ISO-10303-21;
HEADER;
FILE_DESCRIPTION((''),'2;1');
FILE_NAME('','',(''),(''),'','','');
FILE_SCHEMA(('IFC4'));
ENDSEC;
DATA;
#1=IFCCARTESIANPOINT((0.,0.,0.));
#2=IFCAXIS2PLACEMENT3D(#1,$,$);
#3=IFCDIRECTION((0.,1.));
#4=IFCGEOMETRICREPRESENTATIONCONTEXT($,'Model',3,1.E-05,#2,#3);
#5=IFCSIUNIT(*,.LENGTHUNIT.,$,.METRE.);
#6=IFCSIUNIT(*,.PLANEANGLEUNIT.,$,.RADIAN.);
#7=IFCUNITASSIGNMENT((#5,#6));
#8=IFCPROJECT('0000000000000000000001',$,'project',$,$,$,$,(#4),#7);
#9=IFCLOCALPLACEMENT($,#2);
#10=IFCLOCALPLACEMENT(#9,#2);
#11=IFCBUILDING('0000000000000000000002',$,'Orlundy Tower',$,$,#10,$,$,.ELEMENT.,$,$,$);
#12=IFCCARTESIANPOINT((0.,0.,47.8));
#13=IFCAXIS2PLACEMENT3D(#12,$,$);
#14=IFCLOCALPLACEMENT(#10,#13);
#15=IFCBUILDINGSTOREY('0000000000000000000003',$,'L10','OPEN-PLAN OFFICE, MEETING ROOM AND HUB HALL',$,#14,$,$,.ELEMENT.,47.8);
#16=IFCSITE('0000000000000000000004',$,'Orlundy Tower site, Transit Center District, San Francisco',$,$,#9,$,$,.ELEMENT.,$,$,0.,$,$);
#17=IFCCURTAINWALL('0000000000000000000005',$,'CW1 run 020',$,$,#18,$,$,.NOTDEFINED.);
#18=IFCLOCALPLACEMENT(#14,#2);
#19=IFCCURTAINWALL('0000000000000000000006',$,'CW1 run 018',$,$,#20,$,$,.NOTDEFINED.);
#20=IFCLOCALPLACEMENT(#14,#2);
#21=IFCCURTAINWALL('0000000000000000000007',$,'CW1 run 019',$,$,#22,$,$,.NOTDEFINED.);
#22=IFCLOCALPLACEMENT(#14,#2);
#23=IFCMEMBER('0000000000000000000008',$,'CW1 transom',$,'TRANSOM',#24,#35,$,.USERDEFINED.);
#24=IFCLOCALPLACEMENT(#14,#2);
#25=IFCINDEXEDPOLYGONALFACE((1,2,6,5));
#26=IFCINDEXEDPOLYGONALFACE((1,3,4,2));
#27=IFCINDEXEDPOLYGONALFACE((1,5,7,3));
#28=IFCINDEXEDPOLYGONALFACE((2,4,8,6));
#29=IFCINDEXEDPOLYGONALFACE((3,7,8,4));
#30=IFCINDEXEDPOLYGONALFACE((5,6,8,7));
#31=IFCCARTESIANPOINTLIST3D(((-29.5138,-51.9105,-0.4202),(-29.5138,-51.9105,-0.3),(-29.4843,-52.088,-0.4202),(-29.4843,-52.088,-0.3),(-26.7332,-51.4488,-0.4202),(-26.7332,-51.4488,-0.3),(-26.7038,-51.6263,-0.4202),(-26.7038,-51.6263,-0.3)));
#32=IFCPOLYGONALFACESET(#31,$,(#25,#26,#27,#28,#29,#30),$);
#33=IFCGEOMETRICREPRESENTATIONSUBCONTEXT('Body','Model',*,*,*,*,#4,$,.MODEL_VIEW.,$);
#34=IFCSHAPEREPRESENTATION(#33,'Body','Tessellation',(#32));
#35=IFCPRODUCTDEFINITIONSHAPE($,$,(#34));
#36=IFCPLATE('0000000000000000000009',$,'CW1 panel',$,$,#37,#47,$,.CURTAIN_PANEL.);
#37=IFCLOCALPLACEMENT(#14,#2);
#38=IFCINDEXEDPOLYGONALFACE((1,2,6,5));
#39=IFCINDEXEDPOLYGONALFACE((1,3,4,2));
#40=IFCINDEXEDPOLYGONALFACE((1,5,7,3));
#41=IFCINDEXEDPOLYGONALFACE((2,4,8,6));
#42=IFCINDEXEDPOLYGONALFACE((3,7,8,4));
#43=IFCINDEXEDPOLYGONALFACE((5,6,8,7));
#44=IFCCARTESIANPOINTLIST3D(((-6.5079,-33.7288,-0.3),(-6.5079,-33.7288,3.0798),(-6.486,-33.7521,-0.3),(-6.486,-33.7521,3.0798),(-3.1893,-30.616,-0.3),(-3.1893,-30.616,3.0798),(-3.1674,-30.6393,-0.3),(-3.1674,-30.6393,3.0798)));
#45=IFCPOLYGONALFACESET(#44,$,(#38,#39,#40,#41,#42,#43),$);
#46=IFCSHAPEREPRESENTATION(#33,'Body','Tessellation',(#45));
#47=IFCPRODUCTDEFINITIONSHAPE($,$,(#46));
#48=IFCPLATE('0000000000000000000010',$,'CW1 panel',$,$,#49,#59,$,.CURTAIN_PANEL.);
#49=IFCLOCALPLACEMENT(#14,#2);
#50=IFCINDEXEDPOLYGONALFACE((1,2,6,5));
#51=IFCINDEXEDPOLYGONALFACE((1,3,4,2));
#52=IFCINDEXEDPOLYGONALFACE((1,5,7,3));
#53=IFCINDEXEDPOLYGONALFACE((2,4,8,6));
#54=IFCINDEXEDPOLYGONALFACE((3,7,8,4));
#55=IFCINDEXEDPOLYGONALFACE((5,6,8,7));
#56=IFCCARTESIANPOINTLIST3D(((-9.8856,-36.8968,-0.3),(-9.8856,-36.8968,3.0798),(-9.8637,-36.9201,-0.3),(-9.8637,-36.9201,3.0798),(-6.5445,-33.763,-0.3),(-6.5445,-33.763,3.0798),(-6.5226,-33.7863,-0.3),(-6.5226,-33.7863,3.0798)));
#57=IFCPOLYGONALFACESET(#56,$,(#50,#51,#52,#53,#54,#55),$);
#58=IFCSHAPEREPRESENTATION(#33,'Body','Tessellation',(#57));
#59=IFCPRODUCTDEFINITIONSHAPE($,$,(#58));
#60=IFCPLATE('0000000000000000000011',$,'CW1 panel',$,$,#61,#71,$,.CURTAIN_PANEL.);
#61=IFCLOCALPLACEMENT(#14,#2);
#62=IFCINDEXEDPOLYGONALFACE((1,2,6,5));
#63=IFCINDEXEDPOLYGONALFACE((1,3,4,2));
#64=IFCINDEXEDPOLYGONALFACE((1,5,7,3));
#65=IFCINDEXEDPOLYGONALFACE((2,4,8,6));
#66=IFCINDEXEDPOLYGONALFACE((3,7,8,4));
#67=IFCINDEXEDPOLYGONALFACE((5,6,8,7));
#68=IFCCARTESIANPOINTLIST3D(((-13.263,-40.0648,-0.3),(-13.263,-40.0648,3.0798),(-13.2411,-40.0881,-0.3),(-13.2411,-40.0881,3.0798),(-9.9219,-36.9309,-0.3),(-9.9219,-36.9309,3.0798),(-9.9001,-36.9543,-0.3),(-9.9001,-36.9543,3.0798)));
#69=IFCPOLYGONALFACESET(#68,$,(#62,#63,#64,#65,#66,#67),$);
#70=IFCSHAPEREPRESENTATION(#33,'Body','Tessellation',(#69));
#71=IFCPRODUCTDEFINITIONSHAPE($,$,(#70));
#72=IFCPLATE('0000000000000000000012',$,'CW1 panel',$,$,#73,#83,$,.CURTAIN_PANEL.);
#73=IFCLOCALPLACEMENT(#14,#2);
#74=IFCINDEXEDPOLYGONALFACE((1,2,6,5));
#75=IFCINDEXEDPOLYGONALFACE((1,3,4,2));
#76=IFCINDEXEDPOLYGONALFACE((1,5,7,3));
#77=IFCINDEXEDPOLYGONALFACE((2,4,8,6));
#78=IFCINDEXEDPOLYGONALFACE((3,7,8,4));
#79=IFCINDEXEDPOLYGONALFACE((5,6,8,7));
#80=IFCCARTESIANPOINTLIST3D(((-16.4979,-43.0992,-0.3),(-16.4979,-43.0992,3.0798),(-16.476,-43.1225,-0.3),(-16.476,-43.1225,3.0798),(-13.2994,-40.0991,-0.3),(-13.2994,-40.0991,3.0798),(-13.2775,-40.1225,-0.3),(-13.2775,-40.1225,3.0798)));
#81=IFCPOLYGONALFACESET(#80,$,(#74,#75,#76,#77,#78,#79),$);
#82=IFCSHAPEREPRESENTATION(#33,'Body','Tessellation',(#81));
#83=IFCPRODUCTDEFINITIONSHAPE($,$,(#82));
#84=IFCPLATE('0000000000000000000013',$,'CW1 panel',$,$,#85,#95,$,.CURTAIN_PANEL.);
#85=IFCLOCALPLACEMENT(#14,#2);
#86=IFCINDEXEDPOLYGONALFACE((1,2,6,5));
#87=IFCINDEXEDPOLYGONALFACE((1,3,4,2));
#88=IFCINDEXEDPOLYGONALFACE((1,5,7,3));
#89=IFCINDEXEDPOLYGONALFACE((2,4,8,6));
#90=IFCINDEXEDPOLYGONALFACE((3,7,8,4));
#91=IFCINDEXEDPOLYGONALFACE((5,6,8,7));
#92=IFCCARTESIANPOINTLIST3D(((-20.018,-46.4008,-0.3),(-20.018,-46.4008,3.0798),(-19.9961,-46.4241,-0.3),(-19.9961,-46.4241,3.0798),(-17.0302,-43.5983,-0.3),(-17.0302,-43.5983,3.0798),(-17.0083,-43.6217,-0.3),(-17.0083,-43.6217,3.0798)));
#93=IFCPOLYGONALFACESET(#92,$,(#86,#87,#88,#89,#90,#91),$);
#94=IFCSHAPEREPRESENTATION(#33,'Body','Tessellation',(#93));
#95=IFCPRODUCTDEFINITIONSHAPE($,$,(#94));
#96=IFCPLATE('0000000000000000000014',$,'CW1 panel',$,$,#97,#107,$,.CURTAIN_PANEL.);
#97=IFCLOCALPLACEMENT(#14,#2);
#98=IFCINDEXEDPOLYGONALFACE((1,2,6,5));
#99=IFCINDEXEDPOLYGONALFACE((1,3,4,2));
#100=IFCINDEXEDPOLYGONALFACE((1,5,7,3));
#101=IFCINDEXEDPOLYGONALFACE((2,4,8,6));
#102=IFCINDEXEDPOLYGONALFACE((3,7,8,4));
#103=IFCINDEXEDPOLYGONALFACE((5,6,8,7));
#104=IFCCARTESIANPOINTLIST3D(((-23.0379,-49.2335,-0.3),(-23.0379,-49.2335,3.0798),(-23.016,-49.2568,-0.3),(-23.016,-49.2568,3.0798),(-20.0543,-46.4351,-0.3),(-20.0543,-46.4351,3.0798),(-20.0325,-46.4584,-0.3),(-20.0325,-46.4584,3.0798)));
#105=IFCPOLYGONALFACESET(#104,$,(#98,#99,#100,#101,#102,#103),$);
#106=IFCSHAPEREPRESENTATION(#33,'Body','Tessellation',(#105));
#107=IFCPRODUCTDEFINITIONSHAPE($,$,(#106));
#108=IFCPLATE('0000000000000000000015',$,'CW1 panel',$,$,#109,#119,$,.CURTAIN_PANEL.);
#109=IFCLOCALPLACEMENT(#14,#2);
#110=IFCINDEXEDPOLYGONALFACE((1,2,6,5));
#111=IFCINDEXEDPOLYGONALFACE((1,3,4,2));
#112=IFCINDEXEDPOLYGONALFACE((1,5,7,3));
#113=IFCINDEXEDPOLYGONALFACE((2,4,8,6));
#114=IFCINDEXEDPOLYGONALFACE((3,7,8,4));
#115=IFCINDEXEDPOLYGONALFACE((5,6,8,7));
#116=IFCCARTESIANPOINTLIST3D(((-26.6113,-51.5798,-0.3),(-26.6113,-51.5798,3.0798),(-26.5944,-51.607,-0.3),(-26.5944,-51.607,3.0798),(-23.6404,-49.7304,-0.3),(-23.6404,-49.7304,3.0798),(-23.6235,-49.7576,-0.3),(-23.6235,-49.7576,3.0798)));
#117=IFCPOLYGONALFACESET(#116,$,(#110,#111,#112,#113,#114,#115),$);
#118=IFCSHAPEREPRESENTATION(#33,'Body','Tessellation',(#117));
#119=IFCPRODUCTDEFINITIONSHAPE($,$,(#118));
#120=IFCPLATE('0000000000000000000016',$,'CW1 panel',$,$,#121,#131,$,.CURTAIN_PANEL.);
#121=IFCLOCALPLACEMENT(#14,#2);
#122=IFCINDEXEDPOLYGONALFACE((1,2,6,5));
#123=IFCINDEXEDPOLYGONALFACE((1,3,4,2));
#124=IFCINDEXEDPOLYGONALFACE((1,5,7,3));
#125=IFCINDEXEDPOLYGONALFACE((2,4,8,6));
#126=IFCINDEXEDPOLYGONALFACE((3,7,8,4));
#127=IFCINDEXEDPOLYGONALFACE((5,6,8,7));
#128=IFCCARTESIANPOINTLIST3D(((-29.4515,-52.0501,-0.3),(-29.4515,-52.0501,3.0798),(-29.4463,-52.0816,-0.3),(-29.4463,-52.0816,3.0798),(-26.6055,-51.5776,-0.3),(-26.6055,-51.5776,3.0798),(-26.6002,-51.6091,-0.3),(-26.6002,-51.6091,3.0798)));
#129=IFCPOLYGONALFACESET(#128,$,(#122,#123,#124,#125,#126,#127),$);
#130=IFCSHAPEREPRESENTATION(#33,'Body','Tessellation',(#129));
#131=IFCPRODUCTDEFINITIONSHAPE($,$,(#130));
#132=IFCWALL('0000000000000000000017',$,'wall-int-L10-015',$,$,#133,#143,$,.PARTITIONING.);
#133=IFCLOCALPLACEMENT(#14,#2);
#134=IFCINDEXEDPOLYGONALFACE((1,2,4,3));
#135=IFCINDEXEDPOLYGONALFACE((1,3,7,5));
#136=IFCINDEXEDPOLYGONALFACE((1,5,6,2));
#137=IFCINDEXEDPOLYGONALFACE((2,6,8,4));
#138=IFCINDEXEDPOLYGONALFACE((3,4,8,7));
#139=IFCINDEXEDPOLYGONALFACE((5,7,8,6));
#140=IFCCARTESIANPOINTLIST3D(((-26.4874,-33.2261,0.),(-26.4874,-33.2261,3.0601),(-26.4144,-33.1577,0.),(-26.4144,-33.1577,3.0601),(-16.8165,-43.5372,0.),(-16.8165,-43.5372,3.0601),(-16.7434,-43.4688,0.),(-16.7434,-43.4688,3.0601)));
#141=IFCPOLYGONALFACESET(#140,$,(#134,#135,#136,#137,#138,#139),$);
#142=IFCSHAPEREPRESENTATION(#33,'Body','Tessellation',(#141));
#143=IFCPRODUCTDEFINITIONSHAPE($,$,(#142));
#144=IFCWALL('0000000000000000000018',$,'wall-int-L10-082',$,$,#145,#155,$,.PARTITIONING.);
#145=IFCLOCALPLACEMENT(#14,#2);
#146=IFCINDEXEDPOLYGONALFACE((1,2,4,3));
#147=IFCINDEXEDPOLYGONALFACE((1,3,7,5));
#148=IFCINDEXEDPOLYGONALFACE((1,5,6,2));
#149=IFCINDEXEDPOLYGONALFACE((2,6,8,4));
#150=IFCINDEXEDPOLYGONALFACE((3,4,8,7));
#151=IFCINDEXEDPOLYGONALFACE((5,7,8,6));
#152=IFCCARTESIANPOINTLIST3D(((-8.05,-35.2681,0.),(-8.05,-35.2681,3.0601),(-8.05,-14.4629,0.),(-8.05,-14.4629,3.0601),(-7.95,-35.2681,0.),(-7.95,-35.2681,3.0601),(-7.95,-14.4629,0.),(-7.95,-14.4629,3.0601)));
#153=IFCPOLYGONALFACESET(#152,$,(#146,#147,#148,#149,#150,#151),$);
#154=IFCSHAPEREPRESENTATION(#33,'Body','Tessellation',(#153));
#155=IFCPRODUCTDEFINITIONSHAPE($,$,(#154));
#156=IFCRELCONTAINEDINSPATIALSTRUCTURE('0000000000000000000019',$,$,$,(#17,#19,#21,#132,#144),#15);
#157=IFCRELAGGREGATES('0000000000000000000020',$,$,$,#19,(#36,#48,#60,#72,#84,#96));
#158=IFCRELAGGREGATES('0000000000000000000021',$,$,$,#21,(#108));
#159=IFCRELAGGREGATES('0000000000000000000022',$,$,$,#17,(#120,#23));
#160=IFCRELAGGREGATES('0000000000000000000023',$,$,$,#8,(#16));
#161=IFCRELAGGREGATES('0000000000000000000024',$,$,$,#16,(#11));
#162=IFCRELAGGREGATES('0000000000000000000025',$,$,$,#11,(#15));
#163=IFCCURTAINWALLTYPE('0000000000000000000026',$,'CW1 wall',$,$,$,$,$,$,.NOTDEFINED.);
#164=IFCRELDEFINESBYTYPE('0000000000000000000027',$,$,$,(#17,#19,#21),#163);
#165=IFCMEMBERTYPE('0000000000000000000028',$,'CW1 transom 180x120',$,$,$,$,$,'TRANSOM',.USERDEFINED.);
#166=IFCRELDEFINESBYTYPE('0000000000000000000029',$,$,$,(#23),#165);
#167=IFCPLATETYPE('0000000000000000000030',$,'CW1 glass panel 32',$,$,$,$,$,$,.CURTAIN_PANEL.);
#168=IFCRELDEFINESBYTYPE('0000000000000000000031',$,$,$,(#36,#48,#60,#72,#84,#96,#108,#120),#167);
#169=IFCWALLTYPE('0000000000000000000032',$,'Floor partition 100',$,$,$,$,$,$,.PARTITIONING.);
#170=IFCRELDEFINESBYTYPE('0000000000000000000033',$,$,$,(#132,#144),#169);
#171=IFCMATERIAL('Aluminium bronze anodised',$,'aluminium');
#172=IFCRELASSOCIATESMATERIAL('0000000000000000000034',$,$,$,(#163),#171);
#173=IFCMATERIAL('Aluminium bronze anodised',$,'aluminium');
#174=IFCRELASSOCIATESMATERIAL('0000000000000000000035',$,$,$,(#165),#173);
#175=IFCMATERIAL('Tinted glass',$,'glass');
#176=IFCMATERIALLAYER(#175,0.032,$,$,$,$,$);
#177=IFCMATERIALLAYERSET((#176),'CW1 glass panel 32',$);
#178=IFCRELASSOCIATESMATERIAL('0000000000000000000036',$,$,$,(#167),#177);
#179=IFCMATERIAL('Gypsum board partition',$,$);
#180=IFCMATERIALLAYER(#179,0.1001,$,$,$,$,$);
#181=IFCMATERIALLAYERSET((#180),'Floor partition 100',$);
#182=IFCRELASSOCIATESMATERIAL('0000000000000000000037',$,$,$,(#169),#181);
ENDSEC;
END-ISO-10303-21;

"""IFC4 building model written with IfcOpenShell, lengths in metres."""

from ifc_helpers import new_model, si_unit, direction, frame, frame_2d, origin, origin_2d, place, context, subcontext, project, spatial, rectangle, extrude, material, layer, layer_set, material_profile, profile_set, type_object, element, aggregate, save


model = new_model("IFC4")

# Units and contexts
model_context = context("Model", 3, precision=1e-05, world=origin(), true_north=direction((0.0, 1.0)))
body_context = subcontext(model_context, "Body", "Model", "MODEL_VIEW")
ifc_project = project(units=[si_unit("LENGTHUNIT", "METRE"), si_unit("PLANEANGLEUNIT", "RADIAN")], contexts=[model_context])

# Site, building, storey
site_placement = place(None, origin())
site = spatial("IfcSite", under=ifc_project, at=site_placement, Name="Orlundy Tower site, Transit Center District, San Francisco", CompositionType="ELEMENT", RefElevation=0.0)
building_placement = place(site_placement, origin())
building = spatial("IfcBuilding", under=site, at=building_placement, Name="Orlundy Tower", CompositionType="ELEMENT")
storey_placement = place(building_placement, frame((0.0, 0.0, 47.8)))
storey = spatial("IfcBuildingStorey", under=building, at=storey_placement, Name="L10", Description="OPEN-PLAN OFFICE, MEETING ROOM AND HUB HALL", CompositionType="ELEMENT", Elevation=47.8)

# Curtain wall
ifc_material_1 = material(Name="Aluminium bronze anodised", Category="aluminium")
curtain_wall_type = type_object("IfcCurtainWallType", Name="CW1 wall", PredefinedType="NOTDEFINED", material=ifc_material_1)
curtain_wall_1_placement = place(storey_placement, origin())
curtain_wall_1 = element("IfcCurtainWall", 1, at=curtain_wall_1_placement, inside=storey, type_object=curtain_wall_type, Name="CW1 run 020", PredefinedType="NOTDEFINED")

# Curtain wall
curtain_wall_2_placement = place(storey_placement, origin())
curtain_wall_2 = element("IfcCurtainWall", 2, at=curtain_wall_2_placement, inside=storey, type_object=curtain_wall_type, Name="CW1 run 018", PredefinedType="NOTDEFINED")
ifc_material_2 = material(Name="Aluminium bronze anodised", Category="aluminium")
ifc_material_profile_1 = material_profile(ifc_material_2, rectangle(XDim=0.1799, YDim=0.1201, at=origin_2d()), Name="CW1 transom 180x120")
ifc_profile_set_1 = profile_set([ifc_material_profile_1], Name="Aluminium bronze anodised")
member_type_1 = type_object("IfcMemberType", Name="CW1 transom 180x120", ElementType="TRANSOM", PredefinedType="USERDEFINED", material=ifc_profile_set_1)

# Curtain wall
curtain_wall_3_placement = place(storey_placement, origin())
curtain_wall_3 = element("IfcCurtainWall", 3, at=curtain_wall_3_placement, inside=storey, type_object=curtain_wall_type, Name="CW1 run 019", PredefinedType="NOTDEFINED")

# Member
member_1_placement = place(storey_placement, frame((-26.7185, -51.5376, -0.3601), z_axis=(-0.986494, -0.163795, 0.0), x_axis=(0.163795, -0.986494, 0.0)))
member_1 = element("IfcMember", 4, at=member_1_placement, type_object=member_type_1, Name="CW1 transom", ObjectType="TRANSOM", PredefinedType="USERDEFINED", context=body_context, shape_type="SweptSolid", body=[
    extrude(rectangle(XDim=0.1799, YDim=0.1201, at=origin_2d()), origin(), (0.0, 0.0, 1.0), 2.8186),
])

# Plates
ifc_material_3 = material(Name="Tinted glass", Category="glass")
ifc_layer_1 = layer(ifc_material_3, 0.032)
ifc_layer_set_1 = layer_set([ifc_layer_1], Name="CW1 glass panel 32")
plate_type = type_object("IfcPlateType", Name="CW1 glass panel 32", PredefinedType="CURTAIN_PANEL", material=ifc_layer_set_1)
plate_1_placement = place(storey_placement, frame((-4.8376, -32.1841, -0.3), z_axis=(0.0, 0.0, 1.0), x_axis=(-0.729365, -0.684124, 0.0)))
plate_1 = element("IfcPlate", 5, at=plate_1_placement, type_object=plate_type, Name="CW1 panel", PredefinedType="CURTAIN_PANEL", context=body_context, shape_type="SweptSolid", body=[
    extrude(rectangle(XDim=4.55, YDim=0.032, at=origin_2d()), origin(), (0.0, 0.0, 1.0), 3.3799),
])
plate_2_placement = place(storey_placement, frame((-8.2041, -35.3416, -0.3), z_axis=(0.0, 0.0, 1.0), x_axis=(-0.729365, -0.684124, 0.0)))
plate_2 = element("IfcPlate", 6, at=plate_2_placement, type_object=plate_type, Name="CW1 panel", PredefinedType="CURTAIN_PANEL", context=body_context, shape_type="SweptSolid", body=[
    extrude(rectangle(XDim=4.5808, YDim=0.032, at=origin_2d()), origin(), (0.0, 0.0, 1.0), 3.3799),
])
plate_3_placement = place(storey_placement, frame((-11.5815, -38.5095, -0.3), z_axis=(0.0, 0.0, 1.0), x_axis=(-0.729365, -0.684124, 0.0)))
plate_3 = element("IfcPlate", 7, at=plate_3_placement, type_object=plate_type, Name="CW1 panel", PredefinedType="CURTAIN_PANEL", context=body_context, shape_type="SweptSolid", body=[
    extrude(rectangle(XDim=4.5808, YDim=0.032, at=origin_2d()), origin(), (0.0, 0.0, 1.0), 3.3799),
])
plate_4_placement = place(storey_placement, frame((-14.8877, -41.6108, -0.3), z_axis=(0.0, 0.0, 1.0), x_axis=(-0.729365, -0.684124, 0.0)))
plate_4 = element("IfcPlate", 8, at=plate_4_placement, type_object=plate_type, Name="CW1 panel", PredefinedType="CURTAIN_PANEL", context=body_context, shape_type="SweptSolid", body=[
    extrude(rectangle(XDim=4.3853, YDim=0.032, at=origin_2d()), origin(), (0.0, 0.0, 1.0), 3.3799),
])
plate_5_placement = place(storey_placement, frame((-18.5132, -45.0112, -0.3), z_axis=(0.0, 0.0, 1.0), x_axis=(-0.729365, -0.684124, 0.0)))
plate_5 = element("IfcPlate", 9, at=plate_5_placement, type_object=plate_type, Name="CW1 panel", PredefinedType="CURTAIN_PANEL", context=body_context, shape_type="SweptSolid", body=[
    extrude(rectangle(XDim=4.0964, YDim=0.032, at=origin_2d()), origin(), (0.0, 0.0, 1.0), 3.3799),
])
plate_6_placement = place(storey_placement, frame((-21.5352, -47.8459, -0.3), z_axis=(0.0, 0.0, 1.0), x_axis=(-0.729365, -0.684124, 0.0)))
plate_6 = element("IfcPlate", 10, at=plate_6_placement, type_object=plate_type, Name="CW1 panel", PredefinedType="CURTAIN_PANEL", context=body_context, shape_type="SweptSolid", body=[
    extrude(rectangle(XDim=4.0906, YDim=0.032, at=origin_2d()), origin(), (0.0, 0.0, 1.0), 3.3799),
])
aggregate(curtain_wall_2, [plate_1, plate_2, plate_3, plate_4, plate_5, plate_6])
plate_7_placement = place(storey_placement, frame((-25.1174, -50.6687, -0.3), z_axis=(0.0, 0.0, 1.0), x_axis=(-0.848952, -0.52847, 0.0)))
plate_7 = element("IfcPlate", 11, at=plate_7_placement, type_object=plate_type, Name="CW1 panel", PredefinedType="CURTAIN_PANEL", context=body_context, shape_type="SweptSolid", body=[
    extrude(rectangle(XDim=3.4995, YDim=0.032, at=origin_2d()), origin(), (0.0, 0.0, 1.0), 3.3799),
])
aggregate(curtain_wall_3, [plate_7])
plate_8_placement = place(storey_placement, frame((-28.0259, -51.8296, -0.3), z_axis=(0.0, 0.0, 1.0), x_axis=(-0.986496, -0.163786, 0.0)))
plate_8 = element("IfcPlate", 12, at=plate_8_placement, type_object=plate_type, Name="CW1 panel", PredefinedType="CURTAIN_PANEL", context=body_context, shape_type="SweptSolid", body=[
    extrude(rectangle(XDim=2.885, YDim=0.032, at=origin_2d()), origin(), (0.0, 0.0, 1.0), 3.3799),
])
aggregate(curtain_wall_1, [plate_8, member_1])

# Walls
ifc_material_4 = material(Name="Gypsum board partition")
ifc_layer_2 = layer(ifc_material_4, 0.1001)
ifc_layer_set_2 = layer_set([ifc_layer_2], Name="Floor partition 100")
wall_type = type_object("IfcWallType", Name="Floor partition 100", PredefinedType="PARTITIONING", material=ifc_layer_set_2)
wall_1_placement = place(storey_placement, frame((-26.4509, -33.1919, 0.0), z_axis=(0.0, 0.0, 1.0), x_axis=(0.684103, -0.729385, 0.0)))
element("IfcWall", 13, at=wall_1_placement, inside=storey, type_object=wall_type, Name="wall-int-L10-015", PredefinedType="PARTITIONING", context=body_context, shape_type="SweptSolid", body=[
    extrude(rectangle(XDim=14.1367, YDim=0.1001, at=frame_2d((7.0684, 0.0))), origin(), (0.0, 0.0, 1.0), 3.0601),
])
wall_2_placement = place(storey_placement, frame((-8.0, -35.2681, 0.0), z_axis=(0.0, 0.0, 1.0), x_axis=(0.0, 1.0, 0.0)))
element("IfcWall", 14, at=wall_2_placement, inside=storey, type_object=wall_type, Name="wall-int-L10-082", PredefinedType="PARTITIONING", context=body_context, shape_type="SweptSolid", body=[
    extrude(rectangle(XDim=20.8052, YDim=0.1001, at=frame_2d((10.4026, 0.0))), origin(), (0.0, 0.0, 1.0), 3.0601),
])

save(model, "model.ifc")
